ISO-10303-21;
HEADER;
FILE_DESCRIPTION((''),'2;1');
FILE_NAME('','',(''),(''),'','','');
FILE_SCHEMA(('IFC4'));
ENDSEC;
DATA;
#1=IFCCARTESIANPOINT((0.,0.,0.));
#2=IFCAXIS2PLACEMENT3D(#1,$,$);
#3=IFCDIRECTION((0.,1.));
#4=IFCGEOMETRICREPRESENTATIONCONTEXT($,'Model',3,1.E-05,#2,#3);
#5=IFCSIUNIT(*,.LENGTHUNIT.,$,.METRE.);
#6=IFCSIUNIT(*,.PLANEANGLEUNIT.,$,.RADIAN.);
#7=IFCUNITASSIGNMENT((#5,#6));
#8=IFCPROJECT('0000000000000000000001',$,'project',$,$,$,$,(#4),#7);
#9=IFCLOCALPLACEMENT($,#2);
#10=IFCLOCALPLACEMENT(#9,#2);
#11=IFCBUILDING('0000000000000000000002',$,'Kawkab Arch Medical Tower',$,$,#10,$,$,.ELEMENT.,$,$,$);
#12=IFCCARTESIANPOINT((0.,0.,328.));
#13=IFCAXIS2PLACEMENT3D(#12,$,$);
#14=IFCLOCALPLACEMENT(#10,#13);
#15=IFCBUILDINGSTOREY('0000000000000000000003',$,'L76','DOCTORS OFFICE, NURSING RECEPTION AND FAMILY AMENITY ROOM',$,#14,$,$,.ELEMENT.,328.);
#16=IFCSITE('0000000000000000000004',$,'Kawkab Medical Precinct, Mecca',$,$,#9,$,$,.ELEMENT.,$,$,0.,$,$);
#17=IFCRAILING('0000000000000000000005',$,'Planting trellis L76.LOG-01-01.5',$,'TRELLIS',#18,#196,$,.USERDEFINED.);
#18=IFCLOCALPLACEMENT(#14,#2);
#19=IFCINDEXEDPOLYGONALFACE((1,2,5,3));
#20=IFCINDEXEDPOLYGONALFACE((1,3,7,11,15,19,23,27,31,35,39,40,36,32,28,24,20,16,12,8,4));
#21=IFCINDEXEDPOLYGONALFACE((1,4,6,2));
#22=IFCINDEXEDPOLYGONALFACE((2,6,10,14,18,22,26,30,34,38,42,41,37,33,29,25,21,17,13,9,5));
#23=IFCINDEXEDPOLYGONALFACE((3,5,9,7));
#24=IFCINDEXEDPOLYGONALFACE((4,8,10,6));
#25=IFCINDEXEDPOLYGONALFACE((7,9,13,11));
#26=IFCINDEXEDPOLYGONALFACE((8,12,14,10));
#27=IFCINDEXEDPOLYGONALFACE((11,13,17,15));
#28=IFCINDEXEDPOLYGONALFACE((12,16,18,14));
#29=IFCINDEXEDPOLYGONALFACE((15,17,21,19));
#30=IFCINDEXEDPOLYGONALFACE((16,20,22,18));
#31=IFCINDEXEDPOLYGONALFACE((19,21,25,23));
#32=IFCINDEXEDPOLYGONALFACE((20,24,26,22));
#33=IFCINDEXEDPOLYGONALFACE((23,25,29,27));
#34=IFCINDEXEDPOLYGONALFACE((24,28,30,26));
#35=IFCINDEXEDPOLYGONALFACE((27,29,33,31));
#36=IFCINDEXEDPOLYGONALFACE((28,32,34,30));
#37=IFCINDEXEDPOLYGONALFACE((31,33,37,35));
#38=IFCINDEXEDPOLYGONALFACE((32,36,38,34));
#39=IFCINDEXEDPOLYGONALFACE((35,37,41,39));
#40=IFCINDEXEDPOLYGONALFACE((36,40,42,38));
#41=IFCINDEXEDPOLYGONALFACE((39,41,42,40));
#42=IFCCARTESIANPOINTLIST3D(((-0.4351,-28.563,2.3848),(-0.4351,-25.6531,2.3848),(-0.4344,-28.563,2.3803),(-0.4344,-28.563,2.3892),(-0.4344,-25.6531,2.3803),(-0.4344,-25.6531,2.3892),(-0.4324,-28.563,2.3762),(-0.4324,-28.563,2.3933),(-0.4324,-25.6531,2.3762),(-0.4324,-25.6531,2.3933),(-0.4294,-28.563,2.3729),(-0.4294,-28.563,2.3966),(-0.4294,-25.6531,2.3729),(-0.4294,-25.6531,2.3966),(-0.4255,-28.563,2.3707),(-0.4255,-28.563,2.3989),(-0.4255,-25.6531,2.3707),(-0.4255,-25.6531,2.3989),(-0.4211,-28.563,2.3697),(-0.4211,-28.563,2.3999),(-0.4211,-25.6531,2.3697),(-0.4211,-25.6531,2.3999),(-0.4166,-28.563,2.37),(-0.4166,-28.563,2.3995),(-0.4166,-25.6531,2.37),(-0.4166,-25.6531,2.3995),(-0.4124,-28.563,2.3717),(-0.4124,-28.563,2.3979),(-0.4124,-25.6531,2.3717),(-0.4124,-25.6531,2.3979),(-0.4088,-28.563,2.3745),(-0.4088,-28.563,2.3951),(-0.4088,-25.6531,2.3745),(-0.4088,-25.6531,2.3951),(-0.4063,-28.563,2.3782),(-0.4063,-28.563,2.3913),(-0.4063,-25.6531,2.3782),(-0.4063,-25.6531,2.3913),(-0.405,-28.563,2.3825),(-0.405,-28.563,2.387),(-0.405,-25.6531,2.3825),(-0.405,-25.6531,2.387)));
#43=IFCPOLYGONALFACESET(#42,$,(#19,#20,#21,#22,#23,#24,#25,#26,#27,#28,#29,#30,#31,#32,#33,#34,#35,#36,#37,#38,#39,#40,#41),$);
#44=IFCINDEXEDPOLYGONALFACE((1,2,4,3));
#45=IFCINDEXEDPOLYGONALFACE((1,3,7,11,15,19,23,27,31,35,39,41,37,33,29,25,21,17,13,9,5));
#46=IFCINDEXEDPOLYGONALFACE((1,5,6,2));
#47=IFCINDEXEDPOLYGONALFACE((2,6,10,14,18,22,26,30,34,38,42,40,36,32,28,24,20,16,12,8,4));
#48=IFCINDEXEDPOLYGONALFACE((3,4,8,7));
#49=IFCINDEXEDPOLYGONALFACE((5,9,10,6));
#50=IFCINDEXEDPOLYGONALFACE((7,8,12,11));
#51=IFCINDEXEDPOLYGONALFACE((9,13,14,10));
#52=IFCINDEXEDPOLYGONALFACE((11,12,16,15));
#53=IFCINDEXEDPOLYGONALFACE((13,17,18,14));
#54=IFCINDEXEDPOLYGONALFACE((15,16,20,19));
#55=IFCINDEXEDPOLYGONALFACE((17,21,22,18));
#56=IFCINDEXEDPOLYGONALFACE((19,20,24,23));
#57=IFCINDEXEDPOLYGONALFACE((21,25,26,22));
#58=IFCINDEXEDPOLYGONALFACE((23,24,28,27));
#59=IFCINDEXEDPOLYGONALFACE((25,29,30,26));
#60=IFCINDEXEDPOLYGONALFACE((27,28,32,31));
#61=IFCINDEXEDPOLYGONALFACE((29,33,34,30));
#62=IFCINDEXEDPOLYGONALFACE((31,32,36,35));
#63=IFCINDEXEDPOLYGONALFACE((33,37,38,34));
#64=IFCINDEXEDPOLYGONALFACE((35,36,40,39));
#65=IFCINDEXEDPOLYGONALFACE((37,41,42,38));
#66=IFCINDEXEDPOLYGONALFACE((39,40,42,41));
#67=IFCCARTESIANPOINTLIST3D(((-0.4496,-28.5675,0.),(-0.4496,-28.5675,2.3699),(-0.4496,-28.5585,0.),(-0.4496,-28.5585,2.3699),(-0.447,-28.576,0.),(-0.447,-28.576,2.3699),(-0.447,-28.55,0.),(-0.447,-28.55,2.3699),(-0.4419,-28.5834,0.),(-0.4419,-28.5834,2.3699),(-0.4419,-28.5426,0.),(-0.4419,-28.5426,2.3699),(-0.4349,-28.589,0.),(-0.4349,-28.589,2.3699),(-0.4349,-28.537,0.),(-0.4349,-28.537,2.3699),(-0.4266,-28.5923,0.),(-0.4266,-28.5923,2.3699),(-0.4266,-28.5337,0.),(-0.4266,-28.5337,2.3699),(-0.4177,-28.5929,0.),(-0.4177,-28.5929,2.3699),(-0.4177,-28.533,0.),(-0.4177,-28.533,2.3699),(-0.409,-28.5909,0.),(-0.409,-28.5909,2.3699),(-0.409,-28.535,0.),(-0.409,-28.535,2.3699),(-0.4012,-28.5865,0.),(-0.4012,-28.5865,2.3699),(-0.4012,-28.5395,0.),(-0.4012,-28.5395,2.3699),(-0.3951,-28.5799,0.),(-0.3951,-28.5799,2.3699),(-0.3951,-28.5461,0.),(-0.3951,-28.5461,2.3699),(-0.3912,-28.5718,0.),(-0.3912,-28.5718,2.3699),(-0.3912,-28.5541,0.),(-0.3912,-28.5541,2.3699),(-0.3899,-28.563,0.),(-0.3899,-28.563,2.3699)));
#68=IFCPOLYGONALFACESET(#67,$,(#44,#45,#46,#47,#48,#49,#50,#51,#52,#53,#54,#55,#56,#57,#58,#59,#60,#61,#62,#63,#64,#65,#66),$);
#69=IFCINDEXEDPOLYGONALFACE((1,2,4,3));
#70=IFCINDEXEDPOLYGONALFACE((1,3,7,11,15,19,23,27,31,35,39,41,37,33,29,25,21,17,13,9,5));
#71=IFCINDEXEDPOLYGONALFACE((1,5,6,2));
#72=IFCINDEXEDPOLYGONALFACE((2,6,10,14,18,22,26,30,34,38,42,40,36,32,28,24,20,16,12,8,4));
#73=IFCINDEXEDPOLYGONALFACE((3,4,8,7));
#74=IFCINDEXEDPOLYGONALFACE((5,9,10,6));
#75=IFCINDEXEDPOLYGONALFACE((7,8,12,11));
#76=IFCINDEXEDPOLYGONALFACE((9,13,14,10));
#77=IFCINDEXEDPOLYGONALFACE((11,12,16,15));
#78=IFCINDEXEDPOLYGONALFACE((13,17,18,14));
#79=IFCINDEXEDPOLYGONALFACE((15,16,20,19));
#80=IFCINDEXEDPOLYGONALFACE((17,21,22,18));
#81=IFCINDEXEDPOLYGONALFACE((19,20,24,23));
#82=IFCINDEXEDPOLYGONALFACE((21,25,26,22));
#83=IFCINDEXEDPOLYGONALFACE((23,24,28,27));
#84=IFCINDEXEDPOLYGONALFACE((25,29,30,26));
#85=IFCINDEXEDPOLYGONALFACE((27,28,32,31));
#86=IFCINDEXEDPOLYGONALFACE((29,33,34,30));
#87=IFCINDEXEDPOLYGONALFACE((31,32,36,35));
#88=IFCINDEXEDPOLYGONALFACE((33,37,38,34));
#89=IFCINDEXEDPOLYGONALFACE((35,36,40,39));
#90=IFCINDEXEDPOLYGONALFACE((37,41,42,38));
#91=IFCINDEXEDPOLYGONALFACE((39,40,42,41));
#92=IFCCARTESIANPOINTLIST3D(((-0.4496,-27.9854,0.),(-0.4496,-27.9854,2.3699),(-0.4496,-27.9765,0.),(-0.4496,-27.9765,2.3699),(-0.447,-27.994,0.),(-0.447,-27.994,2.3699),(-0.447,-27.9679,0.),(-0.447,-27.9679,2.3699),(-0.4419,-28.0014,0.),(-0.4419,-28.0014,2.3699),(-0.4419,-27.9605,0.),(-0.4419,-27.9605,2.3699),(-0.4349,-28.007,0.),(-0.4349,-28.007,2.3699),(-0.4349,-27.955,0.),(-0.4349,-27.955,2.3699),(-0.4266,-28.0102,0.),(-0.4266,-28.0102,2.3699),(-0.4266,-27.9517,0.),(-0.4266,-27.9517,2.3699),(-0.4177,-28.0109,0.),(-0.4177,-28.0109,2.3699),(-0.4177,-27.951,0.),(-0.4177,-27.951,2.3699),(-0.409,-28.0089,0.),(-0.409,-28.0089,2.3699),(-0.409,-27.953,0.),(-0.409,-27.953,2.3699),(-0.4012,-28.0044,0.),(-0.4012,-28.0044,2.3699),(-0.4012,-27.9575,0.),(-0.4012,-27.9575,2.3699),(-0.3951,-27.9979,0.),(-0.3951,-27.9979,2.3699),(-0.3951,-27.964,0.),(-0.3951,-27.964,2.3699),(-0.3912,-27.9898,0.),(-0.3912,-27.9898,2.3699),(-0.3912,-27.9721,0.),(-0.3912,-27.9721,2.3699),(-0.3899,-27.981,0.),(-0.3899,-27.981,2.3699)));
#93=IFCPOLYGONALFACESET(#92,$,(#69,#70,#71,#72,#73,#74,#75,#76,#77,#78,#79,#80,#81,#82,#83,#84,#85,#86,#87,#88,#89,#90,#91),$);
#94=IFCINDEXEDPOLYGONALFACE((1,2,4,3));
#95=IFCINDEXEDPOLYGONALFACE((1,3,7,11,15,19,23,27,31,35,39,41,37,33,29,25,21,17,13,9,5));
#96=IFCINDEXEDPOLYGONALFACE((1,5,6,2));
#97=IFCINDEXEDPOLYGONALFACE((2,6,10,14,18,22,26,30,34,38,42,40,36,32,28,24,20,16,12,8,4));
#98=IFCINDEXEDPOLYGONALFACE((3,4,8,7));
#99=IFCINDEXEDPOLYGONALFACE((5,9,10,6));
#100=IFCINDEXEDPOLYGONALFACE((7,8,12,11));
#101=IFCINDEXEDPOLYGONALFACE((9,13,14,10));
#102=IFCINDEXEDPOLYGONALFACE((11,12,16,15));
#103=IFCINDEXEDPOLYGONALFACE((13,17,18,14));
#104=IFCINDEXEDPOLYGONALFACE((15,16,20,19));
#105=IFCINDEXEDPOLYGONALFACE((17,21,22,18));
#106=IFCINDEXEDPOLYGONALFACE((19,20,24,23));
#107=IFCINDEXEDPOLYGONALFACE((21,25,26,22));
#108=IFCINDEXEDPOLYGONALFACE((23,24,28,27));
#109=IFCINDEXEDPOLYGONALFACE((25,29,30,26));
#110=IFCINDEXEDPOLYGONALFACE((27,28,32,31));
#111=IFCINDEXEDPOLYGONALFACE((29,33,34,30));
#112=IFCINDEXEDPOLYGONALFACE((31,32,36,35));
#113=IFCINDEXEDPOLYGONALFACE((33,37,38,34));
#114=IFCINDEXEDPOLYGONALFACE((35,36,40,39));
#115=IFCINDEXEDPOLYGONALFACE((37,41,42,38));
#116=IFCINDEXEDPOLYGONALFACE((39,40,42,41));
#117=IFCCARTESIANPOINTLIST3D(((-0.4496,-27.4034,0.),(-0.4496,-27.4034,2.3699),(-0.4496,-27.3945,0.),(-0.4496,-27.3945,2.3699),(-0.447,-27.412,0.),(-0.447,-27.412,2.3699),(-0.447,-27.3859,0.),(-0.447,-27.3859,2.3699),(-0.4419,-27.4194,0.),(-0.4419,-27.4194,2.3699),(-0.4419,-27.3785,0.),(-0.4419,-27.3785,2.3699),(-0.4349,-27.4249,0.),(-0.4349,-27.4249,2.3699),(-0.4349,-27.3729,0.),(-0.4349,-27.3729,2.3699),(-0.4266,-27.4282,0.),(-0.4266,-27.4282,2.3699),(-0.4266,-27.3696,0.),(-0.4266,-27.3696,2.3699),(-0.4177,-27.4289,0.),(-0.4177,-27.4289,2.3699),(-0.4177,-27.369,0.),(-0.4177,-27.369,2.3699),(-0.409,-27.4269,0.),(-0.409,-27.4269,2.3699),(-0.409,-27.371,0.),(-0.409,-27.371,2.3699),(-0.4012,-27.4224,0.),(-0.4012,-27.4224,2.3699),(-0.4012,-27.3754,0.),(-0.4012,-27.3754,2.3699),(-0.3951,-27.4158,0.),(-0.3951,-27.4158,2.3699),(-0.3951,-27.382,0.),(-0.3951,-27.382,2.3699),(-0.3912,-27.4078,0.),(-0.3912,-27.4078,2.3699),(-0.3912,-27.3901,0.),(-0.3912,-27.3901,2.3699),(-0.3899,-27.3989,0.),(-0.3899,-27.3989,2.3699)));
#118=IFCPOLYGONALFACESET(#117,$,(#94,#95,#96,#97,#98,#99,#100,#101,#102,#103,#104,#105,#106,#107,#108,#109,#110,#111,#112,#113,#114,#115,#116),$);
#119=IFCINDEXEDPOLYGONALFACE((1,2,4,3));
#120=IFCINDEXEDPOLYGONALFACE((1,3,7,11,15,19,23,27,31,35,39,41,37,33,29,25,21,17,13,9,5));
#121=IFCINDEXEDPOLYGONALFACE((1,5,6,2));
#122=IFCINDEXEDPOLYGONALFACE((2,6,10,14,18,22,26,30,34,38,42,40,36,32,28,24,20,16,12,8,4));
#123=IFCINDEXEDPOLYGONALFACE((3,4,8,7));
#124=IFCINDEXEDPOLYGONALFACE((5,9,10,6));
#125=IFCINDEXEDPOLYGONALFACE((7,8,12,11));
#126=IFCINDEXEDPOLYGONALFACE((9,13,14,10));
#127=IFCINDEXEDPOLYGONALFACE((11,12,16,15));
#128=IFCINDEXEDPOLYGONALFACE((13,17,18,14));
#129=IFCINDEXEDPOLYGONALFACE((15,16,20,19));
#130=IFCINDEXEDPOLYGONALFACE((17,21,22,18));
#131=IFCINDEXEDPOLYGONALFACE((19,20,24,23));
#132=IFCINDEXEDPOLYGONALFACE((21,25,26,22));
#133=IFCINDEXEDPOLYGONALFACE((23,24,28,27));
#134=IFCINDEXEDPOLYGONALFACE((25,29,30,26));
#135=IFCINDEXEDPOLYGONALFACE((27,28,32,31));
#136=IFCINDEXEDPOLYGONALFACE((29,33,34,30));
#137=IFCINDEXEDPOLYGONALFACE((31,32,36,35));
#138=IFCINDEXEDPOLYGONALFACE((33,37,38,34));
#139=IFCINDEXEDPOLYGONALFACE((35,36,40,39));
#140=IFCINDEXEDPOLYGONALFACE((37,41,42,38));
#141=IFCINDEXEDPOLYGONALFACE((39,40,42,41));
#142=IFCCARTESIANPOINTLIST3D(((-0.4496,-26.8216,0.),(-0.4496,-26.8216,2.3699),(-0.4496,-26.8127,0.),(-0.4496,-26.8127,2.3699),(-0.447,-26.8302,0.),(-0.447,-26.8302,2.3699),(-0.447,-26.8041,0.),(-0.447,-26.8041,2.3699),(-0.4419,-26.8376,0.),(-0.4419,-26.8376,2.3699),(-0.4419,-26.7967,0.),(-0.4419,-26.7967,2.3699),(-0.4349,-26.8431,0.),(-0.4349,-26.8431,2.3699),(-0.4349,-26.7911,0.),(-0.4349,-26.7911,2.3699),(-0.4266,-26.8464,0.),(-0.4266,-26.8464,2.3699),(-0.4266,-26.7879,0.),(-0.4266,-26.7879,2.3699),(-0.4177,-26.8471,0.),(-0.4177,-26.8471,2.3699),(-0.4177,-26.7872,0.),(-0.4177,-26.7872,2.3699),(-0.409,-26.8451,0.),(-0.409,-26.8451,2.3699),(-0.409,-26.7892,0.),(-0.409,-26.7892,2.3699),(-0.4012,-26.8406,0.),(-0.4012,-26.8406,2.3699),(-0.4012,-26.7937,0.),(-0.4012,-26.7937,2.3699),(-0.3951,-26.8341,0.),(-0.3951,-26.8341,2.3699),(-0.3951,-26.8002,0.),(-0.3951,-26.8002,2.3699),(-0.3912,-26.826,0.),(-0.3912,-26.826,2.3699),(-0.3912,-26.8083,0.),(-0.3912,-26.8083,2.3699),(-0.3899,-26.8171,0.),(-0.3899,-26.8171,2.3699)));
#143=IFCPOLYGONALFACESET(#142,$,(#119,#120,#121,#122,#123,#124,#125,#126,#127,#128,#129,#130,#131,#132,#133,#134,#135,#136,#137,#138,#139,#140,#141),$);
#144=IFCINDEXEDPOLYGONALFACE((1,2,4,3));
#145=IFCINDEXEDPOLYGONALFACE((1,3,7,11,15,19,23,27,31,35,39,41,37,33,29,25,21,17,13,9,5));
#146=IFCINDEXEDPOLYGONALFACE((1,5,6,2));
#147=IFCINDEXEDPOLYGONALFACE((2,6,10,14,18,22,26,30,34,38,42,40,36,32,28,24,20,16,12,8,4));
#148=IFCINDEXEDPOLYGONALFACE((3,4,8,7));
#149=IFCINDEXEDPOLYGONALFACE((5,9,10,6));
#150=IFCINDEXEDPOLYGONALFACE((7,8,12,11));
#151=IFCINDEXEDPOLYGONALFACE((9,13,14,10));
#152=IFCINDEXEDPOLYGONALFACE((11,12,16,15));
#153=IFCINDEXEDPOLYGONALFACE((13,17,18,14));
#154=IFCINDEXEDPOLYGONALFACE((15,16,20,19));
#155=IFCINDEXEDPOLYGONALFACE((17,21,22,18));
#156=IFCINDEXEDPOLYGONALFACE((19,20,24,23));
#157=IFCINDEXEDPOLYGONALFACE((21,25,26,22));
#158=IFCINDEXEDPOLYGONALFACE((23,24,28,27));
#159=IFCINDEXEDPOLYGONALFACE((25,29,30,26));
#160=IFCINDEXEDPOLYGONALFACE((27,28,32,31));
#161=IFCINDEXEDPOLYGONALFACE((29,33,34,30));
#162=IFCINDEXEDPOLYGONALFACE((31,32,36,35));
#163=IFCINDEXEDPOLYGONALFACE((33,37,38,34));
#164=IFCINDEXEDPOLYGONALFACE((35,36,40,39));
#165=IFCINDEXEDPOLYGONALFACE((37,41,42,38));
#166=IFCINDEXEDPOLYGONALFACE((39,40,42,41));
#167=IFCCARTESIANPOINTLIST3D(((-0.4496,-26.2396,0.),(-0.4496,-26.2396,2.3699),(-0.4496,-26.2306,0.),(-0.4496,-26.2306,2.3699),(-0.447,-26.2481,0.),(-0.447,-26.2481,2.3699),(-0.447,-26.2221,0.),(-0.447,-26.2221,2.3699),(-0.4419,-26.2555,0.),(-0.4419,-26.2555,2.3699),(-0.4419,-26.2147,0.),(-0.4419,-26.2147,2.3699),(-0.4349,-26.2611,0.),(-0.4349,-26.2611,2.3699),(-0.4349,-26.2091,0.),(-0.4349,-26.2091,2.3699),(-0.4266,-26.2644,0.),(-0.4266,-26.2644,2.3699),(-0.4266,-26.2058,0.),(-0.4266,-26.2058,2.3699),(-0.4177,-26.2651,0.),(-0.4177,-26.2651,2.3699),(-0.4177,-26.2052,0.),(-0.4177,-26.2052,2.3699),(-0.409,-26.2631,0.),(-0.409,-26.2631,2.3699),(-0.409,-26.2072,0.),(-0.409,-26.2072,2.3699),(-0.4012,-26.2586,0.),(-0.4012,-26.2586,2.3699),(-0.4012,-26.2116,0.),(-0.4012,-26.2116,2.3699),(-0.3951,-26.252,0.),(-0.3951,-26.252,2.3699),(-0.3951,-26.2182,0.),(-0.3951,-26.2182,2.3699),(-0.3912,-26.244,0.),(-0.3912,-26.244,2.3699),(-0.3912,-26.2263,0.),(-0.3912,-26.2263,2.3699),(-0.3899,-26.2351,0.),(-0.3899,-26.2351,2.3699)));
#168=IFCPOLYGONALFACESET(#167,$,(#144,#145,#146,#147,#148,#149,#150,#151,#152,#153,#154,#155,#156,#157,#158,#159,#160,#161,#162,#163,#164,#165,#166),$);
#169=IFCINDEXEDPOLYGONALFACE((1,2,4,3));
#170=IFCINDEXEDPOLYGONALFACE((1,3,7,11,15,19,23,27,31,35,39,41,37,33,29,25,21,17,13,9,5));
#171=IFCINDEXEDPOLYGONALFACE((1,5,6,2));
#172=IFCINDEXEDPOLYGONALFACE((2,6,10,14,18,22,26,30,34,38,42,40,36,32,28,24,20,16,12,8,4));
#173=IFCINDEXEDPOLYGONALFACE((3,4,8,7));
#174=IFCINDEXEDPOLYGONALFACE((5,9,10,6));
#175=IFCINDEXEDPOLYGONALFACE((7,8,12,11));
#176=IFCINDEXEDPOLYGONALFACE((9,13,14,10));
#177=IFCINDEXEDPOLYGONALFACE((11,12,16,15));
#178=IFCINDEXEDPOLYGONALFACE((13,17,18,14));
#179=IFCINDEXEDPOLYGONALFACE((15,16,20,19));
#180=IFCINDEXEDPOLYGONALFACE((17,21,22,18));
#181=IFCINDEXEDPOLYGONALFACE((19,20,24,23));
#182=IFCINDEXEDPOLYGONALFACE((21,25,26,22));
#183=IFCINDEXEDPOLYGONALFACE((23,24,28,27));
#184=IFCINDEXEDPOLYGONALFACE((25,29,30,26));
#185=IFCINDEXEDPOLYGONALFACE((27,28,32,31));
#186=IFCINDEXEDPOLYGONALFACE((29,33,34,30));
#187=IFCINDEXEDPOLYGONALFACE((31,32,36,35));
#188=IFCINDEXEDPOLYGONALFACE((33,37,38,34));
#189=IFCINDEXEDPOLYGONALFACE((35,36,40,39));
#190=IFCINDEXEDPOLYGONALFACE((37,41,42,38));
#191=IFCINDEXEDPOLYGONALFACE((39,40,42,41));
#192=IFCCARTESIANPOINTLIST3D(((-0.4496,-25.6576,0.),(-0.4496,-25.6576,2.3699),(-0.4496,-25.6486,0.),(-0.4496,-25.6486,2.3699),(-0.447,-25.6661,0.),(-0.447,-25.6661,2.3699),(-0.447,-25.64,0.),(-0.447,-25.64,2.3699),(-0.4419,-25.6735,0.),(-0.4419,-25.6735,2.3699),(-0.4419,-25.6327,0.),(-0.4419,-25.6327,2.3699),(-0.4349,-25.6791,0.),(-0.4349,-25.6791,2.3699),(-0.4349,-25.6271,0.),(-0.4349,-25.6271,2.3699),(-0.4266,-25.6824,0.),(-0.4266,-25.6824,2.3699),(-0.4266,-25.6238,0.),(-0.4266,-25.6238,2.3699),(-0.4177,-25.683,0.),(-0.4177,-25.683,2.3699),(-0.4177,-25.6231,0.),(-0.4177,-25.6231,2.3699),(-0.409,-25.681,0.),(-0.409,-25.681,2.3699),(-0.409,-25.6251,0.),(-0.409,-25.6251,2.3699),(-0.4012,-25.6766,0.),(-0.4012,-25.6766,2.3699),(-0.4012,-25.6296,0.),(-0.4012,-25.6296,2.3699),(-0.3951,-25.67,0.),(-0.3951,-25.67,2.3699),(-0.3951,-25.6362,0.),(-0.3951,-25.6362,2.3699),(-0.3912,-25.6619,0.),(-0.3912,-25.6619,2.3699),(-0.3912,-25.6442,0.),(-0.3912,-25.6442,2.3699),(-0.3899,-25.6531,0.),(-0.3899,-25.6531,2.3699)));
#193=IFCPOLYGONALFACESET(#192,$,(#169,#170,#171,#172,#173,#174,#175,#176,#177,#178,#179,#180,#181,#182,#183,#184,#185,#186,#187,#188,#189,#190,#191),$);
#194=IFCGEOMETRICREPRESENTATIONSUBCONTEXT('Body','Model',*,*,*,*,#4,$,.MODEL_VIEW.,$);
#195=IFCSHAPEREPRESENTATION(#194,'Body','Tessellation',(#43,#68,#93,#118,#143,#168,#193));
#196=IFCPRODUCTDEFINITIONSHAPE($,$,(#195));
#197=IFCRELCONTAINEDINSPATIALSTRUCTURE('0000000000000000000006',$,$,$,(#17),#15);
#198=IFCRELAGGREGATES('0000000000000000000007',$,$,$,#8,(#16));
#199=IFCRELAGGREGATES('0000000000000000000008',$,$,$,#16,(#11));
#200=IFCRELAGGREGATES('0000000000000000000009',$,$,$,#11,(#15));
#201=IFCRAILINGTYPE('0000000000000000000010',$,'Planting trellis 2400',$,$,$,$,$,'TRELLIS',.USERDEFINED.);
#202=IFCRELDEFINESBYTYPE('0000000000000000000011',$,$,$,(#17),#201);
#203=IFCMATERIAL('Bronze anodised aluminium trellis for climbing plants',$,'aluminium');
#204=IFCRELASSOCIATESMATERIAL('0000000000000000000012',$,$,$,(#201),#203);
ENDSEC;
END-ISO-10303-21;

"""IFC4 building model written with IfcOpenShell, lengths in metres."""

from ifc_helpers import new_model, si_unit, direction, frame, origin, origin_2d, place, context, subcontext, project, spatial, circle, extrude, material, type_object, element, save


model = new_model("IFC4")

# Units and contexts
model_context = context("Model", 3, precision=1e-05, world=origin(), true_north=direction((0.0, 1.0)))
body_context = subcontext(model_context, "Body", "Model", "MODEL_VIEW")
ifc_project = project(units=[si_unit("LENGTHUNIT", "METRE"), si_unit("PLANEANGLEUNIT", "RADIAN")], contexts=[model_context])

# Site, building, storey
site_placement = place(None, origin())
site = spatial("IfcSite", under=ifc_project, at=site_placement, Name="Kawkab Medical Precinct, Mecca", CompositionType="ELEMENT", RefElevation=0.0)
building_placement = place(site_placement, origin())
building = spatial("IfcBuilding", under=site, at=building_placement, Name="Kawkab Arch Medical Tower", CompositionType="ELEMENT")
storey_placement = place(building_placement, frame((0.0, 0.0, 328.0)))
storey = spatial("IfcBuildingStorey", under=building, at=storey_placement, Name="L76", Description="DOCTORS OFFICE, NURSING RECEPTION AND FAMILY AMENITY ROOM", CompositionType="ELEMENT", Elevation=328.0)

# Railing
ifc_material_1 = material(Name="Bronze anodised aluminium trellis for climbing plants", Category="aluminium")
railing_type = type_object("IfcRailingType", Name="Planting trellis 2400", ElementType="TRELLIS", PredefinedType="USERDEFINED", material=ifc_material_1)
railing_1_placement = place(storey_placement, frame((-0.4199, -28.563, 0.0)))
element("IfcRailing", 1, at=railing_1_placement, inside=storey, type_object=railing_type, Name="Planting trellis L76.LOG-01-01.5", ObjectType="TRELLIS", PredefinedType="USERDEFINED", context=body_context, shape_type="SweptSolid", body=[
    extrude(circle(Radius=0.0151, at=origin_2d()), frame((0.0, 0.0, 2.3848), z_axis=(0.0, 1.0, 0.0), x_axis=(-1.0, 0.0, 0.0)), (0.0, 0.0, 1.0), 2.9099),
    extrude(circle(Radius=0.03, at=origin_2d()), origin(), (0.0, 0.0, 1.0), 2.3699),
    extrude(circle(Radius=0.03, at=origin_2d()), frame((0.0, 0.582, 0.0)), (0.0, 0.0, 1.0), 2.3699),
    extrude(circle(Radius=0.03, at=origin_2d()), frame((0.0, 1.1641, 0.0)), (0.0, 0.0, 1.0), 2.3699),
    extrude(circle(Radius=0.03, at=origin_2d()), frame((0.0, 1.7458, 0.0)), (0.0, 0.0, 1.0), 2.3699),
    extrude(circle(Radius=0.03, at=origin_2d()), frame((0.0, 2.3279, 0.0)), (0.0, 0.0, 1.0), 2.3699),
    extrude(circle(Radius=0.03, at=origin_2d()), frame((0.0, 2.9099, 0.0)), (0.0, 0.0, 1.0), 2.3699),
])

save(model, "model.ifc")
